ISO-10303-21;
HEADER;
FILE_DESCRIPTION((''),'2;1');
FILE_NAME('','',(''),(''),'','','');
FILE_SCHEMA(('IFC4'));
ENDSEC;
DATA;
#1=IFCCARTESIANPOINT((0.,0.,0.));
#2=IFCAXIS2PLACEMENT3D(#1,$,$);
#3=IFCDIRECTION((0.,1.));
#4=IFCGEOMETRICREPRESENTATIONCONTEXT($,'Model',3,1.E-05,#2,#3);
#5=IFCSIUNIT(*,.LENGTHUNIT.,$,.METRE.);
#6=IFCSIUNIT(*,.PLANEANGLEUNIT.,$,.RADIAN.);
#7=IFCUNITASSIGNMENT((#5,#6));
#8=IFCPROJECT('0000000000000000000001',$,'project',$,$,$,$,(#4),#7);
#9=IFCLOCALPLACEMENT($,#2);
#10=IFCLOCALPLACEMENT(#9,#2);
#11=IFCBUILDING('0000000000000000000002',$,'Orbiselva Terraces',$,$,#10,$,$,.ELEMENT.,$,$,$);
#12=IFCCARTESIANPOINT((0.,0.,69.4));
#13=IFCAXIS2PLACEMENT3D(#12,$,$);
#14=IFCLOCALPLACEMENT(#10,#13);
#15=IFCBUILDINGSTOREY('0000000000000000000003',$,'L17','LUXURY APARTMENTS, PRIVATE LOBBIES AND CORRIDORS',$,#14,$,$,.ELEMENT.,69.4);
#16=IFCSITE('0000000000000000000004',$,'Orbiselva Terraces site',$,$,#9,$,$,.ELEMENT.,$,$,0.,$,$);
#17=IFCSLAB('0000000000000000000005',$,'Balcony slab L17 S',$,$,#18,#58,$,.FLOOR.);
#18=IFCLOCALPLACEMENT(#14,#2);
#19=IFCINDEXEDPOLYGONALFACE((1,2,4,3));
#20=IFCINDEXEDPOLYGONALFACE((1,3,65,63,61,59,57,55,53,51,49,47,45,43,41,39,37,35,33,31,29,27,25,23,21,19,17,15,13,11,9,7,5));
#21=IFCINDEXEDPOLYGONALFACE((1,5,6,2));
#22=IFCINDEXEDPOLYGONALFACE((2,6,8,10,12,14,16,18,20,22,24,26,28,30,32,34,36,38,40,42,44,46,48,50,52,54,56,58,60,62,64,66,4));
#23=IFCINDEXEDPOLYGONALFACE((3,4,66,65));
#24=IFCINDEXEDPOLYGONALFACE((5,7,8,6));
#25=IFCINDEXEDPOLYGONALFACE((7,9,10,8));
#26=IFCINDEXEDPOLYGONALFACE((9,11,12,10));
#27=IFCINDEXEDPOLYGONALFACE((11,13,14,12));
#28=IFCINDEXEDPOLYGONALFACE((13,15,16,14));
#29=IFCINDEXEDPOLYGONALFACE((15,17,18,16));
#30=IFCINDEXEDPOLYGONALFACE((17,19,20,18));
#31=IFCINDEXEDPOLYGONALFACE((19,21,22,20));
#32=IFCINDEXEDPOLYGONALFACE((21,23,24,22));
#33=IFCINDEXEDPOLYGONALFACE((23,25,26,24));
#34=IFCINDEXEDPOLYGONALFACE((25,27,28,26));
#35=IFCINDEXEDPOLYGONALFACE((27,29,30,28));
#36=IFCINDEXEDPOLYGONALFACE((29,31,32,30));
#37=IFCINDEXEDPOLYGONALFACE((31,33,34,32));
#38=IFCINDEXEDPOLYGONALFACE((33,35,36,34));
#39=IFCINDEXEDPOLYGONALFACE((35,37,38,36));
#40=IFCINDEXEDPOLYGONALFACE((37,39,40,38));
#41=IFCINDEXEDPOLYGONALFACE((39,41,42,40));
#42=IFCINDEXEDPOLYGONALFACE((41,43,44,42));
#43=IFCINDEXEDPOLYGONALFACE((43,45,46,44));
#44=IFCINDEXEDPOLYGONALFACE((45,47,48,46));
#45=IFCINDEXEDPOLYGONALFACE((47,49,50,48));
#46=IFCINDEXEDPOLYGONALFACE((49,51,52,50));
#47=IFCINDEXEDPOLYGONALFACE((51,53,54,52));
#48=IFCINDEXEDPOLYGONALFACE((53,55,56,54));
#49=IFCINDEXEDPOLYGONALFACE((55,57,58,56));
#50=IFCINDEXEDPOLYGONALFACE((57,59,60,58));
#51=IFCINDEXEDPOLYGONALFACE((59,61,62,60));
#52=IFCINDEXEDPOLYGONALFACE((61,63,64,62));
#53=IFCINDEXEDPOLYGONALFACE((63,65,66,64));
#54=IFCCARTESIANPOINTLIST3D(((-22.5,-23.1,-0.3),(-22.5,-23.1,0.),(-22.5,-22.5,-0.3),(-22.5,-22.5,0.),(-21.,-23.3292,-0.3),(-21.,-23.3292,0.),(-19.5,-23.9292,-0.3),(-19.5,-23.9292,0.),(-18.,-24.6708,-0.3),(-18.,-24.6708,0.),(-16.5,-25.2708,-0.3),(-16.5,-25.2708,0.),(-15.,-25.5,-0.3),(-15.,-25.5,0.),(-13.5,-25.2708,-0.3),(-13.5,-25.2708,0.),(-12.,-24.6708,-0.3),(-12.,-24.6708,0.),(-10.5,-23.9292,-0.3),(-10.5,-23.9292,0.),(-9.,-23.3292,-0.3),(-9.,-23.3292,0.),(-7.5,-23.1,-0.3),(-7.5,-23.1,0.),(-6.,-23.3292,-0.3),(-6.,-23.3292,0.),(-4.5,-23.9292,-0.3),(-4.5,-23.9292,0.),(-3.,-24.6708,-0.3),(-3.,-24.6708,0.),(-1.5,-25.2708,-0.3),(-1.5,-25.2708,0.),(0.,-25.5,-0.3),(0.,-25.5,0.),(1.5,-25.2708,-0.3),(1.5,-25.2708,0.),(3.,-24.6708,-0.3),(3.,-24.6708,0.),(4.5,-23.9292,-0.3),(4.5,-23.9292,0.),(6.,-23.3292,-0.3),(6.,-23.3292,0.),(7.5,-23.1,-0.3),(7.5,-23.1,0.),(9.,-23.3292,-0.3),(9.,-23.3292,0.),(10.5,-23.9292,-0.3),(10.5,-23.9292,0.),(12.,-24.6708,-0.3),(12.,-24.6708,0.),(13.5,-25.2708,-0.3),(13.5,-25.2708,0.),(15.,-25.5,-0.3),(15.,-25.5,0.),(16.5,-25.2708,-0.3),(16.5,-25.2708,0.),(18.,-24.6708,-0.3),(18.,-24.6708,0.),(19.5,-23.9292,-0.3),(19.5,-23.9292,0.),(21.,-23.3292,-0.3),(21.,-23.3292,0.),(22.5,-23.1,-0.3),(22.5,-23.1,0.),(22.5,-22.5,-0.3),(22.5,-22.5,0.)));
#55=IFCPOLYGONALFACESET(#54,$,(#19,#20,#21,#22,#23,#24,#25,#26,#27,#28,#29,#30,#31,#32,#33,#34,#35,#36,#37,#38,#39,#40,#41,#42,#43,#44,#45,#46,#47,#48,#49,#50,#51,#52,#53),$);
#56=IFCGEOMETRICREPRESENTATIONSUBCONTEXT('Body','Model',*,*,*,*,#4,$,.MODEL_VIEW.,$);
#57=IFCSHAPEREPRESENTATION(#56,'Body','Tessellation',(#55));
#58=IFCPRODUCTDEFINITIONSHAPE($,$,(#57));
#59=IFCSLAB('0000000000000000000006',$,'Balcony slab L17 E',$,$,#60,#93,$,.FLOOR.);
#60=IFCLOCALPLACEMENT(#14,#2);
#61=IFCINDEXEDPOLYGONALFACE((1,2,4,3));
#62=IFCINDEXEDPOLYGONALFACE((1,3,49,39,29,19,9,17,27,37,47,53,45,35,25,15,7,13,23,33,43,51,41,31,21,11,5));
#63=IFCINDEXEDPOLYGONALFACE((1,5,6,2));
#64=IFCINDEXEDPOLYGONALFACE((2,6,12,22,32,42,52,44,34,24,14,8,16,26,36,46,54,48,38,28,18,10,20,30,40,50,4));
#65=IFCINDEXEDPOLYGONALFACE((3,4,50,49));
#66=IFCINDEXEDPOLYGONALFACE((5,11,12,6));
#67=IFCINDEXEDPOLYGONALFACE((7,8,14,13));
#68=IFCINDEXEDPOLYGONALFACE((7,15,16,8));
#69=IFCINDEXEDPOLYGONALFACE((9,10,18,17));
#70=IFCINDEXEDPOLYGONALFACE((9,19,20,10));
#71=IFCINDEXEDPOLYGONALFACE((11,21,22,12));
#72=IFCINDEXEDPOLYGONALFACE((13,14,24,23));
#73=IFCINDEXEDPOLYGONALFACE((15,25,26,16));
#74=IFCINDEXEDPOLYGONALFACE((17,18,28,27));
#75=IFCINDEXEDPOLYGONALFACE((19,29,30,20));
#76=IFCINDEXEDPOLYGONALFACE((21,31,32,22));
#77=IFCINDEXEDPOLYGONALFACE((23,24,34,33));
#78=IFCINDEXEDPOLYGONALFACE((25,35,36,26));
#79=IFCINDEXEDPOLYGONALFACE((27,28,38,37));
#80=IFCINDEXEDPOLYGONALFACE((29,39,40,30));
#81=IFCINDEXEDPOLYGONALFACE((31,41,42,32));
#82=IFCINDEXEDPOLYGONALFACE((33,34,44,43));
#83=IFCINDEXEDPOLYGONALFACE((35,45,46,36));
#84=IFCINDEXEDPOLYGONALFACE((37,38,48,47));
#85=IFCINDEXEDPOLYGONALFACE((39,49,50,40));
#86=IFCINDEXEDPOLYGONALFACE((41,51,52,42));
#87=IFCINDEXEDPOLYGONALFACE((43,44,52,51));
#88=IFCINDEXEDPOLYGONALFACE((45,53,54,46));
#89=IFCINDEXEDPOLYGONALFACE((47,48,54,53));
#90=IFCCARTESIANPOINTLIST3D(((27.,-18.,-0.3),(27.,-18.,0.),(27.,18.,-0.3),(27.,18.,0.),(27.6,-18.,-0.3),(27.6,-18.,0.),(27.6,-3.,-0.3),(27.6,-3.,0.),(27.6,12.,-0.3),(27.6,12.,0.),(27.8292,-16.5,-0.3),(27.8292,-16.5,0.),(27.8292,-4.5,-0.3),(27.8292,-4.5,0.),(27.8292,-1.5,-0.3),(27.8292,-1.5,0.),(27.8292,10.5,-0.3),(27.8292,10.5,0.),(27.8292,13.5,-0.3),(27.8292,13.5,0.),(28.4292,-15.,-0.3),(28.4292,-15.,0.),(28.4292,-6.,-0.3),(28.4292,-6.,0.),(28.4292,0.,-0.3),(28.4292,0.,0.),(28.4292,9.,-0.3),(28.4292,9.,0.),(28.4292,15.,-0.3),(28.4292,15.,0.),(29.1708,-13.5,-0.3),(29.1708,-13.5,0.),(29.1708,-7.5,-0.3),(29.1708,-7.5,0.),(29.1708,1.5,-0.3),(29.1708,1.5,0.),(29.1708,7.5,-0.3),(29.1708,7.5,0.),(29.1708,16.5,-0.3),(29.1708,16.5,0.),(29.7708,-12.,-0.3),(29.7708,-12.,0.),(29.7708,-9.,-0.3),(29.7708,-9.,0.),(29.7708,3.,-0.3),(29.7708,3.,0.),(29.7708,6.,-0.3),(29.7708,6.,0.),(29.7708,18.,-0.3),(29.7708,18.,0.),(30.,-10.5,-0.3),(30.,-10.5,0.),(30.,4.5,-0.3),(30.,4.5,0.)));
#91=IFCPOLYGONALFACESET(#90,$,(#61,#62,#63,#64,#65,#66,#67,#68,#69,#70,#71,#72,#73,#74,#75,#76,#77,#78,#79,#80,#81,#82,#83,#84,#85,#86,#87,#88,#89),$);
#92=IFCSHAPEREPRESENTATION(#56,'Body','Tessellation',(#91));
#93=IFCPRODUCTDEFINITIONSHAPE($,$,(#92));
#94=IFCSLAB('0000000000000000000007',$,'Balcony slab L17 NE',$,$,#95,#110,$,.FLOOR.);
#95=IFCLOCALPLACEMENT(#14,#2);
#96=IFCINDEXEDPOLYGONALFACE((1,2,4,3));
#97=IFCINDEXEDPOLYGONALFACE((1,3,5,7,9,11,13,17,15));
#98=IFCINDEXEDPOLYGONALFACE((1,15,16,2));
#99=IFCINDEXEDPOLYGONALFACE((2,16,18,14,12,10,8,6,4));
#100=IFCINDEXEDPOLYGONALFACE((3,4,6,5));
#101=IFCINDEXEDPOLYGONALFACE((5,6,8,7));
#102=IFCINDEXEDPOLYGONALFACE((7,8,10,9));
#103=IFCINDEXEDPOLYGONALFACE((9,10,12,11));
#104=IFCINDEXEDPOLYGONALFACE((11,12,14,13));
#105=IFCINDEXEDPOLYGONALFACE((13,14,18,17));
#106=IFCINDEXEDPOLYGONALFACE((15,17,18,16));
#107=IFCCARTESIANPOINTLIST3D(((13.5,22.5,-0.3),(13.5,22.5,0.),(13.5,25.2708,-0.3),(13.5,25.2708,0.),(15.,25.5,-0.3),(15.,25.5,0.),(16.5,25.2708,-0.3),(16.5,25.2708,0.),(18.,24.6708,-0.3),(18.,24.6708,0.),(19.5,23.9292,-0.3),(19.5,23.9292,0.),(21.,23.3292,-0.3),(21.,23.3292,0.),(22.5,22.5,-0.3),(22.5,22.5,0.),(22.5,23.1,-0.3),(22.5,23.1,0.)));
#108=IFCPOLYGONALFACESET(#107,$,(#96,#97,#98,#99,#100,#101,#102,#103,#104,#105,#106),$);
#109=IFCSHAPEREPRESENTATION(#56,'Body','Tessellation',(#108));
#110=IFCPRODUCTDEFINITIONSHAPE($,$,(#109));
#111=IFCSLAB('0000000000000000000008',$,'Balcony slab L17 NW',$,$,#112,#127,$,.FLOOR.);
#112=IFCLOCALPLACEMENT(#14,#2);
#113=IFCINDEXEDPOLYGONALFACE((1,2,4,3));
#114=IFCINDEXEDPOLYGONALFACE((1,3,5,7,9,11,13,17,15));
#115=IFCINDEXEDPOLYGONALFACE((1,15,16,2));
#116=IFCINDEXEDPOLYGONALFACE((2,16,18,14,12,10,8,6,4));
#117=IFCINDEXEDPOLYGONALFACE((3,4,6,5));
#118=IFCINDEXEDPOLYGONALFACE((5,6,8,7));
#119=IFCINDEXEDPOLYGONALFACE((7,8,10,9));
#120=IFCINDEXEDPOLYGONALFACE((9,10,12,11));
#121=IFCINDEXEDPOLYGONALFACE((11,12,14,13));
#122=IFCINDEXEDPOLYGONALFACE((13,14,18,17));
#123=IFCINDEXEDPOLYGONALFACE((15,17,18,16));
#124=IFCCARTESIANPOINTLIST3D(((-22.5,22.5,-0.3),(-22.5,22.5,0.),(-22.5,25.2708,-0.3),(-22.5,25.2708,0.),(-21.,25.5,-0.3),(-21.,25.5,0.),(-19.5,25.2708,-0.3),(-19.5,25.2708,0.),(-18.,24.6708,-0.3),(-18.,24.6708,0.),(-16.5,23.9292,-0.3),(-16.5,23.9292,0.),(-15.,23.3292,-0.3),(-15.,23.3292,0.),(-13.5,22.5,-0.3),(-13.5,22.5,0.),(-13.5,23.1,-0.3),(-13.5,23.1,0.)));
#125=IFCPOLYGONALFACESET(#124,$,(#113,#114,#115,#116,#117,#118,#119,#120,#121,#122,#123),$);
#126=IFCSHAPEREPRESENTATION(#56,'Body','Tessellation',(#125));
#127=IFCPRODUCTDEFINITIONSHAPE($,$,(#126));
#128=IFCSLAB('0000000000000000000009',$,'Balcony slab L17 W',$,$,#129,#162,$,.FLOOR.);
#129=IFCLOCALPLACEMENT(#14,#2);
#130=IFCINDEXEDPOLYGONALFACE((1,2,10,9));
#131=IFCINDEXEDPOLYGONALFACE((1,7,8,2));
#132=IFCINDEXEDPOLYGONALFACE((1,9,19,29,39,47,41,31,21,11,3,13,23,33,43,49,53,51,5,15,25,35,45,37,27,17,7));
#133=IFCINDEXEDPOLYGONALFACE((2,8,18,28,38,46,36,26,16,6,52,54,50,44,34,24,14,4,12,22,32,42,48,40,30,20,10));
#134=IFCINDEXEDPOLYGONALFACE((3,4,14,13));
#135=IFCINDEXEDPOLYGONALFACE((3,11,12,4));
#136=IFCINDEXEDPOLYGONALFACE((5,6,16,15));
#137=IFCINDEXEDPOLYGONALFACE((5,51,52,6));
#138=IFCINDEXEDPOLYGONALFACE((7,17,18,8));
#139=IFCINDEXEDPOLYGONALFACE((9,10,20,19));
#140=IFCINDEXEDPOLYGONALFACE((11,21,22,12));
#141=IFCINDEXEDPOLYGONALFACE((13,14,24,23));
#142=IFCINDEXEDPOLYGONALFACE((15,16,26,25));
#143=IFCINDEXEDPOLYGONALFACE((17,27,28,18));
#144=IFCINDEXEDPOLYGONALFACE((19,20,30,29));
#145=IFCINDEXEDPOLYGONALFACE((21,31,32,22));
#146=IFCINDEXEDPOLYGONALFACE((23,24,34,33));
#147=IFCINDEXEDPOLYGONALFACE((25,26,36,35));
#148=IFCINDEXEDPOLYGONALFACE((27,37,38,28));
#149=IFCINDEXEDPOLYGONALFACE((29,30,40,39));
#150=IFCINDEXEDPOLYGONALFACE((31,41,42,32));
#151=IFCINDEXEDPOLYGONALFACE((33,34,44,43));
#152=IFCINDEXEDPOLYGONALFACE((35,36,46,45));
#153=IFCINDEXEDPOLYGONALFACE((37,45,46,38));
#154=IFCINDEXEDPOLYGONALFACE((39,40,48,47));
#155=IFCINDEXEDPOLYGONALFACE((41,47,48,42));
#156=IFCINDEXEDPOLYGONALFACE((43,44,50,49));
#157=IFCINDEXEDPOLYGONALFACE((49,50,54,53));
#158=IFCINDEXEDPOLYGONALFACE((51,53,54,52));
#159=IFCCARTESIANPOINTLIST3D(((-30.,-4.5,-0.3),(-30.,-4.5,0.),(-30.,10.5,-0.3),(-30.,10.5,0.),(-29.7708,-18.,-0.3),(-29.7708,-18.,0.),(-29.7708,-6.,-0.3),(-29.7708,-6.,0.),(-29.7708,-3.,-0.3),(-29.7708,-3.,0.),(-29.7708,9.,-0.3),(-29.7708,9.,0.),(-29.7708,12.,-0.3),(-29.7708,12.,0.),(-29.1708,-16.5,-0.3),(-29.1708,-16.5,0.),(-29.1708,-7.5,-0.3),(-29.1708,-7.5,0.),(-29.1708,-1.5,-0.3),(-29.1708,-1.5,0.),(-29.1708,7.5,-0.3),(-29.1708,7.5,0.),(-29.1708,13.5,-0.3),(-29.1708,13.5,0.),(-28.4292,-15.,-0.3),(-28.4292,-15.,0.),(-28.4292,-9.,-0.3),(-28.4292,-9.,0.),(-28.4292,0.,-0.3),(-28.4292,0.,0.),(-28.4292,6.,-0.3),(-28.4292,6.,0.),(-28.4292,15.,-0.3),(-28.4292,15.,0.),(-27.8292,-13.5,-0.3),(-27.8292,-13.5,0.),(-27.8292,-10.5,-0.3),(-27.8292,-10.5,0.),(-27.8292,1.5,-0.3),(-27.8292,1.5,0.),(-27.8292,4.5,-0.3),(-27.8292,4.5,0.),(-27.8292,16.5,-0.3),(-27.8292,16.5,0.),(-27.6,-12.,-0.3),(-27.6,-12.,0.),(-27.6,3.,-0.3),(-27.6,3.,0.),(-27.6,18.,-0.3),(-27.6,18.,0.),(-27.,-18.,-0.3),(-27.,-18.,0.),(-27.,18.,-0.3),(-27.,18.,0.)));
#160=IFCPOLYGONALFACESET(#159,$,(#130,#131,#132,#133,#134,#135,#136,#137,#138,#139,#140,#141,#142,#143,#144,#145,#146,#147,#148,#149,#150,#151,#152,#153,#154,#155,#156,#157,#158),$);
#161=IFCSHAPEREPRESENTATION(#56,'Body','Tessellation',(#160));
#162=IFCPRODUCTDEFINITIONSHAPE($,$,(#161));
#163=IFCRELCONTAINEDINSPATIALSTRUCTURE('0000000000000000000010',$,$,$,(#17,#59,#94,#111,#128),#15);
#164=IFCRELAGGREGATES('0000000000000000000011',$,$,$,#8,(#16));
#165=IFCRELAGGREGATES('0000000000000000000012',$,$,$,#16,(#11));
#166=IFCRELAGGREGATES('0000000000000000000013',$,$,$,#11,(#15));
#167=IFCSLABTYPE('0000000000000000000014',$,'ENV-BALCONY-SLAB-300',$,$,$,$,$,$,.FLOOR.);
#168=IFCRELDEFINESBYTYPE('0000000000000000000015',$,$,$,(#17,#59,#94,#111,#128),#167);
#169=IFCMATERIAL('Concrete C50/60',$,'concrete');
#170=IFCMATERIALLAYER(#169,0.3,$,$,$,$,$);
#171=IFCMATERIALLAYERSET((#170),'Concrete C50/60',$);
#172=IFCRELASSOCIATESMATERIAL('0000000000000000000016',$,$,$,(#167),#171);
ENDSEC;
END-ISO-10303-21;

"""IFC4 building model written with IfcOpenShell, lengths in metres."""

from ifc_helpers import new_model, si_unit, direction, frame, origin, place, context, subcontext, project, spatial, polyline, outline, extrude, material, layer, layer_set, type_object, element, save


model = new_model("IFC4")

# Units and contexts
model_context = context("Model", 3, precision=1e-05, world=origin(), true_north=direction((0.0, 1.0)))
body_context = subcontext(model_context, "Body", "Model", "MODEL_VIEW")
ifc_project = project(units=[si_unit("LENGTHUNIT", "METRE"), si_unit("PLANEANGLEUNIT", "RADIAN")], contexts=[model_context])

# Site, building, storey
site_placement = place(None, origin())
site = spatial("IfcSite", under=ifc_project, at=site_placement, Name="Orbiselva Terraces site", CompositionType="ELEMENT", RefElevation=0.0)
building_placement = place(site_placement, origin())
building = spatial("IfcBuilding", under=site, at=building_placement, Name="Orbiselva Terraces", CompositionType="ELEMENT")
storey_placement = place(building_placement, frame((0.0, 0.0, 69.4)))
storey = spatial("IfcBuildingStorey", under=building, at=storey_placement, Name="L17", Description="LUXURY APARTMENTS, PRIVATE LOBBIES AND CORRIDORS", CompositionType="ELEMENT", Elevation=69.4)

# Slabs
ifc_material_1 = material(Name="Concrete C50/60", Category="concrete")
ifc_layer_1 = layer(ifc_material_1, 0.3)
ifc_layer_set_1 = layer_set([ifc_layer_1], Name="Concrete C50/60")
slab_type_1 = type_object("IfcSlabType", Name="ENV-BALCONY-SLAB-300", PredefinedType="FLOOR", material=ifc_layer_set_1)
slab_1_placement = place(storey_placement, frame((0.0, 0.0, -0.3)))
element("IfcSlab", 1, at=slab_1_placement, inside=storey, type_object=slab_type_1, Name="Balcony slab L17 S", PredefinedType="FLOOR", context=body_context, shape_type="SweptSolid", body=[
    extrude(outline(polyline([(-22.5, -23.1), (-21.0, -23.3292), (-19.5, -23.9292), (-18.0, -24.6708), (-16.5, -25.2708), (-15.0, -25.5), (-13.5, -25.2708), (-12.0, -24.6708), (-10.5, -23.9292), (-9.0, -23.3292), (-7.5, -23.1), (-6.0, -23.3292), (-4.5, -23.9292), (-3.0, -24.6708), (-1.5, -25.2708), (0.0, -25.5), (1.5, -25.2708), (3.0, -24.6708), (4.5, -23.9292), (6.0, -23.3292), (7.5, -23.1), (9.0, -23.3292), (10.5, -23.9292), (12.0, -24.6708), (13.5, -25.2708), (15.0, -25.5), (16.5, -25.2708), (18.0, -24.6708), (19.5, -23.9292), (21.0, -23.3292), (22.5, -23.1), (22.5, -22.5), (-22.5, -22.5), (-22.5, -23.1)])), origin(), (0.0, 0.0, 1.0), 0.3),
])
slab_2_placement = place(storey_placement, frame((0.0, 0.0, -0.3)))
element("IfcSlab", 2, at=slab_2_placement, inside=storey, type_object=slab_type_1, Name="Balcony slab L17 E", PredefinedType="FLOOR", context=body_context, shape_type="SweptSolid", body=[
    extrude(outline(polyline([(27.6, -18.0), (27.8292, -16.5), (28.4292, -15.0), (29.1708, -13.5), (29.7708, -12.0), (30.0, -10.5), (29.7708, -9.0), (29.1708, -7.5), (28.4292, -6.0), (27.8292, -4.5), (27.6, -3.0), (27.8292, -1.5), (28.4292, 0.0), (29.1708, 1.5), (29.7708, 3.0), (30.0, 4.5), (29.7708, 6.0), (29.1708, 7.5), (28.4292, 9.0), (27.8292, 10.5), (27.6, 12.0), (27.8292, 13.5), (28.4292, 15.0), (29.1708, 16.5), (29.7708, 18.0), (27.0, 18.0), (27.0, -18.0), (27.6, -18.0)])), origin(), (0.0, 0.0, 1.0), 0.3),
])
slab_3_placement = place(storey_placement, frame((0.0, 0.0, -0.3)))
element("IfcSlab", 3, at=slab_3_placement, inside=storey, type_object=slab_type_1, Name="Balcony slab L17 NE", PredefinedType="FLOOR", context=body_context, shape_type="SweptSolid", body=[
    extrude(outline(polyline([(22.5, 23.1), (21.0, 23.3292), (19.5, 23.9292), (18.0, 24.6708), (16.5, 25.2708), (15.0, 25.5), (13.5, 25.2708), (13.5, 22.5), (22.5, 22.5), (22.5, 23.1)])), origin(), (0.0, 0.0, 1.0), 0.3),
])
slab_4_placement = place(storey_placement, frame((0.0, 0.0, -0.3)))
element("IfcSlab", 4, at=slab_4_placement, inside=storey, type_object=slab_type_1, Name="Balcony slab L17 NW", PredefinedType="FLOOR", context=body_context, shape_type="SweptSolid", body=[
    extrude(outline(polyline([(-13.5, 23.1), (-15.0, 23.3292), (-16.5, 23.9292), (-18.0, 24.6708), (-19.5, 25.2708), (-21.0, 25.5), (-22.5, 25.2708), (-22.5, 22.5), (-13.5, 22.5), (-13.5, 23.1)])), origin(), (0.0, 0.0, 1.0), 0.3),
])
slab_5_placement = place(storey_placement, frame((0.0, 0.0, -0.3)))
element("IfcSlab", 5, at=slab_5_placement, inside=storey, type_object=slab_type_1, Name="Balcony slab L17 W", PredefinedType="FLOOR", context=body_context, shape_type="SweptSolid", body=[
    extrude(outline(polyline([(-27.6, 18.0), (-27.8292, 16.5), (-28.4292, 15.0), (-29.1708, 13.5), (-29.7708, 12.0), (-30.0, 10.5), (-29.7708, 9.0), (-29.1708, 7.5), (-28.4292, 6.0), (-27.8292, 4.5), (-27.6, 3.0), (-27.8292, 1.5), (-28.4292, 0.0), (-29.1708, -1.5), (-29.7708, -3.0), (-30.0, -4.5), (-29.7708, -6.0), (-29.1708, -7.5), (-28.4292, -9.0), (-27.8292, -10.5), (-27.6, -12.0), (-27.8292, -13.5), (-28.4292, -15.0), (-29.1708, -16.5), (-29.7708, -18.0), (-27.0, -18.0), (-27.0, 18.0), (-27.6, 18.0)])), origin(), (0.0, 0.0, 1.0), 0.3),
])

save(model, "model.ifc")
